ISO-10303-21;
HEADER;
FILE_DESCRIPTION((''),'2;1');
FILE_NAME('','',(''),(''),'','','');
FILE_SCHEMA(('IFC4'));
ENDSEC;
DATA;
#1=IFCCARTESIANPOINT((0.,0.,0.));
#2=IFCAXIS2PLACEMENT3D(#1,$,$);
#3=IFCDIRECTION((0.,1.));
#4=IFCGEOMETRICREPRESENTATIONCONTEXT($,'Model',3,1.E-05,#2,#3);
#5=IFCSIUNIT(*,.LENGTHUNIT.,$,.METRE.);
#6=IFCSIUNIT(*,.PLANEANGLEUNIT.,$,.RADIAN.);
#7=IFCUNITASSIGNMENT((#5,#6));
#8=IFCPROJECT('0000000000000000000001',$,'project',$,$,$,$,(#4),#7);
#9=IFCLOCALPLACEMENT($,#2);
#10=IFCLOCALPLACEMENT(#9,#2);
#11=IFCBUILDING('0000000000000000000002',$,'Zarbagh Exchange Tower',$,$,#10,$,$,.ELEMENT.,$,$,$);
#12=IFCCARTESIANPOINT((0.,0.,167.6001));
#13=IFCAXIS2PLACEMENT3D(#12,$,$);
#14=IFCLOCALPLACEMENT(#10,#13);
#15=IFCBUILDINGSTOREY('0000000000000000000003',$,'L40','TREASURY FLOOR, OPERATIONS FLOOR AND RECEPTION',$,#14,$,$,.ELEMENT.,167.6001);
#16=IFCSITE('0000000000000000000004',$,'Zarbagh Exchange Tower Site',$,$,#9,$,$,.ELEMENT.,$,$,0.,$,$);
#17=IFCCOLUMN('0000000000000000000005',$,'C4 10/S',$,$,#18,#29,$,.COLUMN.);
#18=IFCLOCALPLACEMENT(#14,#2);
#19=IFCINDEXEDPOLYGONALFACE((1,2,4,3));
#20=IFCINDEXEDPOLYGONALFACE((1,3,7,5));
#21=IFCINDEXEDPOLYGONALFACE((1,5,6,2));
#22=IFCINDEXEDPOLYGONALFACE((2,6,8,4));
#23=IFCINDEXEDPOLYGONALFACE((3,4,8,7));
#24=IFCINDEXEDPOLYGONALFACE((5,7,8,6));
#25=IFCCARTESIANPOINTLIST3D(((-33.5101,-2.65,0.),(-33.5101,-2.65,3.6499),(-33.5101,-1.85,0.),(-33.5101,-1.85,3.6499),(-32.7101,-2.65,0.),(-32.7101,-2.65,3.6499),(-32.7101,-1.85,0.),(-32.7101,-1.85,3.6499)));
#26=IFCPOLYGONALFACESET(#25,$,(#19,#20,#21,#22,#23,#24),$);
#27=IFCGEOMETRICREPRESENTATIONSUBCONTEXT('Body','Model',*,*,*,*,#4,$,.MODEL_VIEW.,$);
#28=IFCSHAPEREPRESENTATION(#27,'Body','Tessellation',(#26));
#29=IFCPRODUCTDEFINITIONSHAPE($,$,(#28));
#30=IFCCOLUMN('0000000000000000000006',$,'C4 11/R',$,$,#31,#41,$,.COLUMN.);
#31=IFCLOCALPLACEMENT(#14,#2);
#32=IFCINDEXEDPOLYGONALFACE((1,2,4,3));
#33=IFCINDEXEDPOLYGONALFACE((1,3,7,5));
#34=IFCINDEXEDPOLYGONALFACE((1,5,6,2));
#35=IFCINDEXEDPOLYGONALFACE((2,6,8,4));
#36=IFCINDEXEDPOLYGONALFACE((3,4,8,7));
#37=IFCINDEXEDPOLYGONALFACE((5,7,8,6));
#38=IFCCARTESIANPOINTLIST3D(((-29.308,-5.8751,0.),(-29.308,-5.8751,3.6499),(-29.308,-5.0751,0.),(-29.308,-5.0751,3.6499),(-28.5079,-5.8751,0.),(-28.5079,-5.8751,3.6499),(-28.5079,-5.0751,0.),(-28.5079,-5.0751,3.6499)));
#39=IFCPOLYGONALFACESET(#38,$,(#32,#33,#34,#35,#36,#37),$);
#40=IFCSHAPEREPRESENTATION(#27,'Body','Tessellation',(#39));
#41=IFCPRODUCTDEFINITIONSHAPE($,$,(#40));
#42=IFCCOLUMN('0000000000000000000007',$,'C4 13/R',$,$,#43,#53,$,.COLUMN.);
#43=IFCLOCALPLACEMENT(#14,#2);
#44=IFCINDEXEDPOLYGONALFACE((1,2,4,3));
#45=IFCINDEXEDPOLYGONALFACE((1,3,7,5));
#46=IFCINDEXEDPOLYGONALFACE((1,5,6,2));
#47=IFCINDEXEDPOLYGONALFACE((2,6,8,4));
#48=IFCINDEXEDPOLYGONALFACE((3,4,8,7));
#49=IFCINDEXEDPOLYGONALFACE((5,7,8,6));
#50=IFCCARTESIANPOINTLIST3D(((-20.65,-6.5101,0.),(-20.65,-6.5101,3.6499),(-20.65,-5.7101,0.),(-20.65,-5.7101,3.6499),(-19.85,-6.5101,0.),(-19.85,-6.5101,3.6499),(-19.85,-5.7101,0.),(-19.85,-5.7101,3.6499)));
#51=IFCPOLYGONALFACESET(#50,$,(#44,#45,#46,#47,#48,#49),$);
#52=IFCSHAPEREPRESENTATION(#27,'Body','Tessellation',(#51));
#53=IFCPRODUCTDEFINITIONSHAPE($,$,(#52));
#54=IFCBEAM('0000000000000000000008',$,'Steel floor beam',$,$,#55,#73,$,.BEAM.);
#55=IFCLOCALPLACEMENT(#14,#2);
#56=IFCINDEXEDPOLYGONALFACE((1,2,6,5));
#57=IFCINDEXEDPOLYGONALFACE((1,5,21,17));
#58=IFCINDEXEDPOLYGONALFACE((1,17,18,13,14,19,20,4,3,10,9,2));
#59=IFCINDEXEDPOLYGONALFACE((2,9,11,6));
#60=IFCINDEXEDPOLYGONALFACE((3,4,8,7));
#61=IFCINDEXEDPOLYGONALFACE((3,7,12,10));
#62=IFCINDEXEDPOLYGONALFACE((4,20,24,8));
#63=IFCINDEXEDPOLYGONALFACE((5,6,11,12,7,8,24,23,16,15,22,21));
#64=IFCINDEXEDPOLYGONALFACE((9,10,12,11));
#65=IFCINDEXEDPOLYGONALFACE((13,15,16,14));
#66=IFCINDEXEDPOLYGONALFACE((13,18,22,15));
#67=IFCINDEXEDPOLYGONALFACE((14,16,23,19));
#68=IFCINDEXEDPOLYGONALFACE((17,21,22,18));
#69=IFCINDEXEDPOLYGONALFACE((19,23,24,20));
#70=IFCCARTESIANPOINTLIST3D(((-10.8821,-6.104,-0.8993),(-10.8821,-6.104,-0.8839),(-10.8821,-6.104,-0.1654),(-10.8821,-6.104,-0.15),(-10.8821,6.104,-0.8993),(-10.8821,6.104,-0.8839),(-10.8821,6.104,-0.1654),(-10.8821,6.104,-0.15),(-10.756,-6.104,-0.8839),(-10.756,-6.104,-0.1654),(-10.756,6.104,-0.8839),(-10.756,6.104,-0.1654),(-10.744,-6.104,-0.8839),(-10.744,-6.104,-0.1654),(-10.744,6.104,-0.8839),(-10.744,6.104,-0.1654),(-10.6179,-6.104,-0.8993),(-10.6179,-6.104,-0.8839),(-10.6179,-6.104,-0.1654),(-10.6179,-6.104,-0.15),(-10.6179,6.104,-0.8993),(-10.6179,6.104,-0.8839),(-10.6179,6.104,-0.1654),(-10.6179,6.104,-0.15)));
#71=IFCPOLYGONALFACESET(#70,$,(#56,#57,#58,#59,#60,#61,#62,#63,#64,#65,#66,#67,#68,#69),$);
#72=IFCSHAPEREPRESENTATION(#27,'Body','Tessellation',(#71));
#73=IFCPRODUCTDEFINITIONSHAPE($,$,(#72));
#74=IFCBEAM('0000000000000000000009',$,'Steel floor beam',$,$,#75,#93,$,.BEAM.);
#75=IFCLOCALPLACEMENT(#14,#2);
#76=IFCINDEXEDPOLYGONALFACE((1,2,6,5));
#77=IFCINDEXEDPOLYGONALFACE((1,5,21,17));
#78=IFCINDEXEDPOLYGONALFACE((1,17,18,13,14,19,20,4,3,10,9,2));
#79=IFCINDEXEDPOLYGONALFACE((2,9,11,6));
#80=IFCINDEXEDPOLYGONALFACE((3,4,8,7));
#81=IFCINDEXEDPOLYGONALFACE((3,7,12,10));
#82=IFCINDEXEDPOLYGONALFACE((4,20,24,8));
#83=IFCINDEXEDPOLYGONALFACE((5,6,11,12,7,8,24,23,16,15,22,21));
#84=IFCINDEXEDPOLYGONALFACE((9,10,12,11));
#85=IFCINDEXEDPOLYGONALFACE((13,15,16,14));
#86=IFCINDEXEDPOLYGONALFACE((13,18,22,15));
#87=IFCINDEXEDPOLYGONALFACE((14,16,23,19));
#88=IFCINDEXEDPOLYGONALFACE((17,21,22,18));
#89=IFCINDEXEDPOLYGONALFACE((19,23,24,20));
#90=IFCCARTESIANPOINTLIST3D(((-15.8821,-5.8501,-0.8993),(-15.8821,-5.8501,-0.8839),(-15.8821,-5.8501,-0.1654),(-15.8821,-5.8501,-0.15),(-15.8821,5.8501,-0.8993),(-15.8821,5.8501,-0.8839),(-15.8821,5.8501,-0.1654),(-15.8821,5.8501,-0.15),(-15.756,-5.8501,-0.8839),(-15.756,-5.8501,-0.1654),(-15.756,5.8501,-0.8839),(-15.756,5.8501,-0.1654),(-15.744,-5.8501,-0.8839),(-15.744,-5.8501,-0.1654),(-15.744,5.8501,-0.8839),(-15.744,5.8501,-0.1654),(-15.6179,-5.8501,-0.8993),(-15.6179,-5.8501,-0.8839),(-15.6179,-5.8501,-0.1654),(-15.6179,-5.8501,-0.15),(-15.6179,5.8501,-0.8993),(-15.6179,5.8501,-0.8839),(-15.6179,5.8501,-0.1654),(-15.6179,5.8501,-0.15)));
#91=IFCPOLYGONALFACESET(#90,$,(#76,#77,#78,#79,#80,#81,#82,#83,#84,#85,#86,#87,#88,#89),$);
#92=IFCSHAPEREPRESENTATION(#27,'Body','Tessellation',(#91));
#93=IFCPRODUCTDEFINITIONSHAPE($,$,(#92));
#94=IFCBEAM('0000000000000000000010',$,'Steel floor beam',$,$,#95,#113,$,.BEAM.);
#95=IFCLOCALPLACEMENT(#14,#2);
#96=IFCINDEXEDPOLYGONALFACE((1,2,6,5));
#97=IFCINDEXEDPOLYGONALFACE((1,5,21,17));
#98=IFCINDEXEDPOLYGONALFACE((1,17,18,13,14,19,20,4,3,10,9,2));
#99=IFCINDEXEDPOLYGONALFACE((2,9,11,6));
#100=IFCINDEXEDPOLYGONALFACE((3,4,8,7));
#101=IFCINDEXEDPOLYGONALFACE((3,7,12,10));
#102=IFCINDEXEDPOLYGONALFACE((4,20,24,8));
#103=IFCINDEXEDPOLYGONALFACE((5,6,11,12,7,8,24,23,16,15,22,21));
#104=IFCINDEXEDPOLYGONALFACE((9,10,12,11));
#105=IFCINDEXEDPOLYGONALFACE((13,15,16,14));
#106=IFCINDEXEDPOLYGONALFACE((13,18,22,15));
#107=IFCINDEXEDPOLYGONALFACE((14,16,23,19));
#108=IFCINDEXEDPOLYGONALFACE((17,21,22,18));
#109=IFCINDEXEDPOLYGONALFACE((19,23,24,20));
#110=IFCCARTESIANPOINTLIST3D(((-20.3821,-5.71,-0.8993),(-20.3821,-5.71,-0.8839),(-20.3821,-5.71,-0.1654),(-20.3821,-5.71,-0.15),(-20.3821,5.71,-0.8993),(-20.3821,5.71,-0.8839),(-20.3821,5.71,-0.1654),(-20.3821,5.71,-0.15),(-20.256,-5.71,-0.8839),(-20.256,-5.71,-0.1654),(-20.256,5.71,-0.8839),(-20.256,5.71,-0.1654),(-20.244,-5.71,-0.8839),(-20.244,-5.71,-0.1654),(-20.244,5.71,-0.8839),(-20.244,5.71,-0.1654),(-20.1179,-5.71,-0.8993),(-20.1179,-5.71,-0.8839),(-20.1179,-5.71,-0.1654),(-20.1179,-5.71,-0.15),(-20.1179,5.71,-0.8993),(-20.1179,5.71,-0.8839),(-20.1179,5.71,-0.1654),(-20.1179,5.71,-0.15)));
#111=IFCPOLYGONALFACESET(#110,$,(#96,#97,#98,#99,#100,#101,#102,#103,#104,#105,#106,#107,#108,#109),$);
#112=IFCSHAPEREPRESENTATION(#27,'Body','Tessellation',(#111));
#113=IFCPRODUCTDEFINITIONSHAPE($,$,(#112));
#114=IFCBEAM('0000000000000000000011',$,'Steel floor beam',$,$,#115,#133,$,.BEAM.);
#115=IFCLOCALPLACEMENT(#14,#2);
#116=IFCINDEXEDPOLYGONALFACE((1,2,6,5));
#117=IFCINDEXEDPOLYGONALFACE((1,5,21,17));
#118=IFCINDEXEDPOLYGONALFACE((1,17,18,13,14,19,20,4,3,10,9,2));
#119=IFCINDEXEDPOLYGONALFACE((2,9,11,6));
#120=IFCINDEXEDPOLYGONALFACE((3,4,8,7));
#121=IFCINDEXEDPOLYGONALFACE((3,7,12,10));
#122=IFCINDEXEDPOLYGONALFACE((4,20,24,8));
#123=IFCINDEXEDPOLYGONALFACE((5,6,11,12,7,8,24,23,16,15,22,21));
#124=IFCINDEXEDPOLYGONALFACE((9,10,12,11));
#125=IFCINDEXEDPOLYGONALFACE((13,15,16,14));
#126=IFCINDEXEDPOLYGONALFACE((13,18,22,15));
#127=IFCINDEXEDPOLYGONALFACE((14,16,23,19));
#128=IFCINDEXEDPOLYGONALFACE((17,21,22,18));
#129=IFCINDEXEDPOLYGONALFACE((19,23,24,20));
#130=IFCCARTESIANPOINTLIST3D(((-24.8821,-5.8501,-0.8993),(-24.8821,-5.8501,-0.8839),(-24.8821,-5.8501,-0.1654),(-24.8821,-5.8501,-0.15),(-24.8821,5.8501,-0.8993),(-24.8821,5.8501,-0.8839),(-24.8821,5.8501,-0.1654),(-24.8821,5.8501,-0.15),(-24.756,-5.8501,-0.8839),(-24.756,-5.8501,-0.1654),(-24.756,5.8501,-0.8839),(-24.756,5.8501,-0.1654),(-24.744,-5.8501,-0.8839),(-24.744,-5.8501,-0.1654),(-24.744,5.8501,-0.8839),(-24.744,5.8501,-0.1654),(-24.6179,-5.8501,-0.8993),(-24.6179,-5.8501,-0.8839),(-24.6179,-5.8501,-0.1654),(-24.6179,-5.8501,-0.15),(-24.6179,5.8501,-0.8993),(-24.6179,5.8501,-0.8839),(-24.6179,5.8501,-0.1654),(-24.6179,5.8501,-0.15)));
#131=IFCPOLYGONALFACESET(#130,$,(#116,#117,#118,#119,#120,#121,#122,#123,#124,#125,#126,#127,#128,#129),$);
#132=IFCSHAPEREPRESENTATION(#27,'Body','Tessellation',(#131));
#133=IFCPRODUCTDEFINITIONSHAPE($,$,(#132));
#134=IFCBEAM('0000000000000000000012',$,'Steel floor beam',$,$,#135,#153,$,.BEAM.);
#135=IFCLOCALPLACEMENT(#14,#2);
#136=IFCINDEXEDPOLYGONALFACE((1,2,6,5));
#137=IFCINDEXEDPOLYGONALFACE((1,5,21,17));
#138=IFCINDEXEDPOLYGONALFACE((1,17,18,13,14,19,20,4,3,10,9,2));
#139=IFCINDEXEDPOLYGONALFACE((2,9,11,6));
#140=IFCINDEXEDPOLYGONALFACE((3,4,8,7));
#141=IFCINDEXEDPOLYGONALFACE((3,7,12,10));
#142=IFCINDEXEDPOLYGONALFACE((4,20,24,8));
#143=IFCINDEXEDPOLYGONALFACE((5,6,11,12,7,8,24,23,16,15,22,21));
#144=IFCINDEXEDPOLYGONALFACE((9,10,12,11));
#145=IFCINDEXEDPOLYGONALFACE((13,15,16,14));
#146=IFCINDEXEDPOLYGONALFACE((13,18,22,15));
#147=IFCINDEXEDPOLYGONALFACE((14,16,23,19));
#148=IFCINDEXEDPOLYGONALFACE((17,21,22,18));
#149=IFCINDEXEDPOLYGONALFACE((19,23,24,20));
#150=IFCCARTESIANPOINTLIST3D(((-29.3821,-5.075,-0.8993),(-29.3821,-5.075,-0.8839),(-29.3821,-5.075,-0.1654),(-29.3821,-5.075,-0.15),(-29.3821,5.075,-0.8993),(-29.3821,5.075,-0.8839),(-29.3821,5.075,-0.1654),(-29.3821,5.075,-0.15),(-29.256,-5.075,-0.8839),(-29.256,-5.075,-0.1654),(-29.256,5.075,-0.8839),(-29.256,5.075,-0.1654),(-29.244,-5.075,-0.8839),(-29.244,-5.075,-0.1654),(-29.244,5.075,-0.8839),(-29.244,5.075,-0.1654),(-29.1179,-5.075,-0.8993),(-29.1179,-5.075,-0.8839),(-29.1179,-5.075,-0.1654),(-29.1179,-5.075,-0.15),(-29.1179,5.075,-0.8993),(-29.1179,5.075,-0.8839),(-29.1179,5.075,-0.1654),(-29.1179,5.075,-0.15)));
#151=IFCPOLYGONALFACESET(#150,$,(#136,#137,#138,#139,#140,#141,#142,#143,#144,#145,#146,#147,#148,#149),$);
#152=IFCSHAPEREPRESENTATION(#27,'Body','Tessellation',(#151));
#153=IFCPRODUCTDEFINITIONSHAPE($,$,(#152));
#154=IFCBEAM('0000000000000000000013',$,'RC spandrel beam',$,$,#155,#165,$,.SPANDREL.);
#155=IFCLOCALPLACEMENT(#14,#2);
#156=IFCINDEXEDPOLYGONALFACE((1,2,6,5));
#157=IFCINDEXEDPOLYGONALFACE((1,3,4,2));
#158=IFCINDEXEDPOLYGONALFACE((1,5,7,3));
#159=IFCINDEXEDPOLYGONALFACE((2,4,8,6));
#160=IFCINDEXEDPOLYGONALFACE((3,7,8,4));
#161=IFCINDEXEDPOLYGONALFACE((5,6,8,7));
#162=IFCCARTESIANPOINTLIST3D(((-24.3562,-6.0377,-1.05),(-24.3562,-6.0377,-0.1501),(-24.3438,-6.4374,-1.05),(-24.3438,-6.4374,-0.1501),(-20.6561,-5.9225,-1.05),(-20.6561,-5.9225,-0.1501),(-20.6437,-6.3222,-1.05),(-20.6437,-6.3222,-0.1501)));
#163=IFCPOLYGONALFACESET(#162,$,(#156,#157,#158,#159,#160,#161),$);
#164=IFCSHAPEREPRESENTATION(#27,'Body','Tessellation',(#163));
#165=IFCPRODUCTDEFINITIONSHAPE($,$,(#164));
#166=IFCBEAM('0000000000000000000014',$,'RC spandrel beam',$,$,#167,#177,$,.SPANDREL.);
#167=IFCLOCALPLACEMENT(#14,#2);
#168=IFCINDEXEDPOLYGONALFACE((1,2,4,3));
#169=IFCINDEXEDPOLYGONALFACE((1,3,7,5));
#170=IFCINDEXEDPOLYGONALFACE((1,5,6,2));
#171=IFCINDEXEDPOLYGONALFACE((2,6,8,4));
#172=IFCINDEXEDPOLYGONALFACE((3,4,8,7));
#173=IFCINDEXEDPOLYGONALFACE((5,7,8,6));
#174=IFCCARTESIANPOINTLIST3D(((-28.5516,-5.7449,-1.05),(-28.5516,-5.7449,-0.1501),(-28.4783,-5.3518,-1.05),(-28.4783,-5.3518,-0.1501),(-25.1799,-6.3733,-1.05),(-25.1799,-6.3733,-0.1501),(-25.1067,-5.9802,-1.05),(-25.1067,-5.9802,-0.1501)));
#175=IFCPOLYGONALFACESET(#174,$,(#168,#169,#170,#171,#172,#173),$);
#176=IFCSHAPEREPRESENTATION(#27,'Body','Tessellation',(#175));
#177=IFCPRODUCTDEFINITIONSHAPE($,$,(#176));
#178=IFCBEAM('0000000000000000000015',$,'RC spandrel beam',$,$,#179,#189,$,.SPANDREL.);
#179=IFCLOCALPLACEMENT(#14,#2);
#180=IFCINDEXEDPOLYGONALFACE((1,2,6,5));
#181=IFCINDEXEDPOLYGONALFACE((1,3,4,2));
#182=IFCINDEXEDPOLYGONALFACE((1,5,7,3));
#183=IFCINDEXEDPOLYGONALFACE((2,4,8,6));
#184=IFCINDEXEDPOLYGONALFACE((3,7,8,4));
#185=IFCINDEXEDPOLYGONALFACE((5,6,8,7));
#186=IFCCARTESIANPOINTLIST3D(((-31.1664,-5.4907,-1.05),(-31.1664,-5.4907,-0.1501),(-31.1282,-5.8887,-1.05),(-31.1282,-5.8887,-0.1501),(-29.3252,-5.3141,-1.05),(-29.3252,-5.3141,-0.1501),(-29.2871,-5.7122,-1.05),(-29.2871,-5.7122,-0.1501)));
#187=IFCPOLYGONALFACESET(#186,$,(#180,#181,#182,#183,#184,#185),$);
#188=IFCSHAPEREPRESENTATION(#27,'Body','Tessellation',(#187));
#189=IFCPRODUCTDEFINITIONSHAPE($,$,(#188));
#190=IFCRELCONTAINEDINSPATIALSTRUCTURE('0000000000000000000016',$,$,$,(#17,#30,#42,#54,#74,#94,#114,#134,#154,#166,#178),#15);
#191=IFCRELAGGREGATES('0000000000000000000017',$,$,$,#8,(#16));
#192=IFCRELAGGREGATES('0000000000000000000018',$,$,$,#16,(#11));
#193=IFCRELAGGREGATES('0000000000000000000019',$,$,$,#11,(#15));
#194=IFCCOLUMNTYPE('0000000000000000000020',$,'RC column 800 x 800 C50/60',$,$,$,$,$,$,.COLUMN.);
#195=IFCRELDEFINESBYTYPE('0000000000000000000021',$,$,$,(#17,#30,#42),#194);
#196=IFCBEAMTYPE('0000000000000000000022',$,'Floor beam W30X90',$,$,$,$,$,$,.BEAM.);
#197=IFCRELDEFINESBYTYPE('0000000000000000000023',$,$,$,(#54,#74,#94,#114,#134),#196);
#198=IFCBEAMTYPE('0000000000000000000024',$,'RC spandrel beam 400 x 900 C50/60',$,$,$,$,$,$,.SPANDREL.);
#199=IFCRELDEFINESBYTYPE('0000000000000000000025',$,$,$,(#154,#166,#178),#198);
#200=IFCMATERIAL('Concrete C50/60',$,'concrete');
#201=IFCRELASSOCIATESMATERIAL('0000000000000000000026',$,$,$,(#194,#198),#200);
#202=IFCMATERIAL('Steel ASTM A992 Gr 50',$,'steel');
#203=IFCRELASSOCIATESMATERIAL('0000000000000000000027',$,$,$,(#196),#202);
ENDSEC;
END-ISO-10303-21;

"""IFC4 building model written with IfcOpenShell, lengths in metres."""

from ifc_helpers import new_model, si_unit, direction, frame, origin, origin_2d, place, context, subcontext, project, spatial, rectangle, i_section, extrude, material, material_profile, profile_set, type_object, element, save


model = new_model("IFC4")

# Units and contexts
model_context = context("Model", 3, precision=1e-05, world=origin(), true_north=direction((0.0, 1.0)))
body_context = subcontext(model_context, "Body", "Model", "MODEL_VIEW")
ifc_project = project(units=[si_unit("LENGTHUNIT", "METRE"), si_unit("PLANEANGLEUNIT", "RADIAN")], contexts=[model_context])

# Site, building, storey
site_placement = place(None, origin())
site = spatial("IfcSite", under=ifc_project, at=site_placement, Name="Zarbagh Exchange Tower Site", CompositionType="ELEMENT", RefElevation=0.0)
building_placement = place(site_placement, origin())
building = spatial("IfcBuilding", under=site, at=building_placement, Name="Zarbagh Exchange Tower", CompositionType="ELEMENT")
storey_placement = place(building_placement, frame((0.0, 0.0, 167.6001)))
storey = spatial("IfcBuildingStorey", under=building, at=storey_placement, Name="L40", Description="TREASURY FLOOR, OPERATIONS FLOOR AND RECEPTION", CompositionType="ELEMENT", Elevation=167.6001)

# Columns
ifc_material_1 = material(Name="Concrete C50/60", Category="concrete")
ifc_material_profile_1 = material_profile(ifc_material_1, rectangle(XDim=0.8, YDim=0.8, at=origin_2d()), Name="RC column 800 x 800 C50/60")
ifc_profile_set_1 = profile_set([ifc_material_profile_1], Name="Concrete C50/60")
column_type = type_object("IfcColumnType", Name="RC column 800 x 800 C50/60", PredefinedType="COLUMN", material=ifc_profile_set_1)
for number, where, z_axis, x_axis, name in (
    (1, (-33.1101, -2.25, 0.0), (0.0, 0.0, 1.0), (1.0, 0.0, 0.0), "C4 10/S"),
    (2, (-28.908, -5.4751, 0.0), (0.0, 0.0, 1.0), (1.0, 0.0, 0.0), "C4 11/R"),
    (3, (-20.25, -6.1101, 0.0), (0.0, 0.0, 1.0), (1.0, 0.0, 0.0), "C4 13/R"),
):
    element("IfcColumn", number, at=place(storey_placement, frame(where, z_axis=z_axis, x_axis=x_axis)), inside=storey, type_object=column_type, Name=name, PredefinedType="COLUMN", context=body_context, shape_type="SweptSolid", body=[
        extrude(rectangle(XDim=0.8, YDim=0.8, at=origin_2d()), origin(), (0.0, 0.0, 1.0), 3.6499),
    ])

# Beams
ifc_material_2 = material(Name="Steel ASTM A992 Gr 50", Category="steel")
ifc_material_profile_2 = material_profile(ifc_material_2, i_section(OverallWidth=0.2642, OverallDepth=0.7493, WebThickness=0.012, FlangeThickness=0.0154, at=origin_2d()), Name="W30X90")
ifc_profile_set_2 = profile_set([ifc_material_profile_2], Name="Steel ASTM A992 Gr 50")
beam_type_1 = type_object("IfcBeamType", Name="Floor beam W30X90", PredefinedType="BEAM", material=ifc_profile_set_2)
beam_1_placement = place(storey_placement, frame((-10.75, -6.104, -0.5247), z_axis=(0.0, 1.0, 0.0), x_axis=(-1.0, 0.0, 0.0)))
element("IfcBeam", 4, at=beam_1_placement, inside=storey, type_object=beam_type_1, Name="Steel floor beam", PredefinedType="BEAM", context=body_context, shape_type="SweptSolid", body=[
    extrude(i_section(OverallWidth=0.2642, OverallDepth=0.7493, WebThickness=0.012, FlangeThickness=0.0154, at=origin_2d()), origin(), (0.0, 0.0, 1.0), 12.208),
])
beam_2_placement = place(storey_placement, frame((-15.75, -5.8501, -0.5247), z_axis=(0.0, 1.0, 0.0), x_axis=(-1.0, 0.0, 0.0)))
element("IfcBeam", 5, at=beam_2_placement, inside=storey, type_object=beam_type_1, Name="Steel floor beam", PredefinedType="BEAM", context=body_context, shape_type="SweptSolid", body=[
    extrude(i_section(OverallWidth=0.2642, OverallDepth=0.7493, WebThickness=0.012, FlangeThickness=0.0154, at=origin_2d()), origin(), (0.0, 0.0, 1.0), 11.7002),
])
beam_3_placement = place(storey_placement, frame((-20.25, -5.71, -0.5247), z_axis=(0.0, 1.0, 0.0), x_axis=(-1.0, 0.0, 0.0)))
element("IfcBeam", 6, at=beam_3_placement, inside=storey, type_object=beam_type_1, Name="Steel floor beam", PredefinedType="BEAM", context=body_context, shape_type="SweptSolid", body=[
    extrude(i_section(OverallWidth=0.2642, OverallDepth=0.7493, WebThickness=0.012, FlangeThickness=0.0154, at=origin_2d()), origin(), (0.0, 0.0, 1.0), 11.4199),
])
beam_4_placement = place(storey_placement, frame((-24.75, -5.8501, -0.5247), z_axis=(0.0, 1.0, 0.0), x_axis=(-1.0, 0.0, 0.0)))
element("IfcBeam", 7, at=beam_4_placement, inside=storey, type_object=beam_type_1, Name="Steel floor beam", PredefinedType="BEAM", context=body_context, shape_type="SweptSolid", body=[
    extrude(i_section(OverallWidth=0.2642, OverallDepth=0.7493, WebThickness=0.012, FlangeThickness=0.0154, at=origin_2d()), origin(), (0.0, 0.0, 1.0), 11.7002),
])
beam_5_placement = place(storey_placement, frame((-29.25, -5.075, -0.5247), z_axis=(0.0, 1.0, 0.0), x_axis=(-1.0, 0.0, 0.0)))
element("IfcBeam", 8, at=beam_5_placement, inside=storey, type_object=beam_type_1, Name="Steel floor beam", PredefinedType="BEAM", context=body_context, shape_type="SweptSolid", body=[
    extrude(i_section(OverallWidth=0.2642, OverallDepth=0.7493, WebThickness=0.012, FlangeThickness=0.0154, at=origin_2d()), origin(), (0.0, 0.0, 1.0), 10.1499),
])
ifc_material_profile_3 = material_profile(ifc_material_1, rectangle(XDim=0.3999, YDim=0.8999, at=origin_2d()), Name="RC spandrel beam 400 x 900 C50/60")
ifc_profile_set_3 = profile_set([ifc_material_profile_3], Name="Concrete C50/60")
beam_type_2 = type_object("IfcBeamType", Name="RC spandrel beam 400 x 900 C50/60", PredefinedType="SPANDREL", material=ifc_profile_set_3)
beam_6_placement = place(storey_placement, frame((-20.6499, -6.1223, -0.6001), z_axis=(-0.999515, -0.031128, 0.0), x_axis=(0.031128, -0.999515, 0.0)))
element("IfcBeam", 9, at=beam_6_placement, inside=storey, type_object=beam_type_2, Name="RC spandrel beam", PredefinedType="SPANDREL", context=body_context, shape_type="SweptSolid", body=[
    extrude(rectangle(XDim=0.3999, YDim=0.8999, at=origin_2d()), origin(), (0.0, 0.0, 1.0), 3.7019),
])
beam_7_placement = place(storey_placement, frame((-25.1433, -6.1768, -0.6001), z_axis=(-0.98307, 0.183231, 0.0), x_axis=(-0.183231, -0.98307, 0.0)))
element("IfcBeam", 10, at=beam_7_placement, inside=storey, type_object=beam_type_2, Name="RC spandrel beam", PredefinedType="SPANDREL", context=body_context, shape_type="SweptSolid", body=[
    extrude(rectangle(XDim=0.3999, YDim=0.8999, at=origin_2d()), origin(), (0.0, 0.0, 1.0), 3.4297),
])
beam_8_placement = place(storey_placement, frame((-29.3062, -5.5132, -0.6001), z_axis=(-0.995435, -0.095438, 0.0), x_axis=(0.095438, -0.995435, 0.0)))
element("IfcBeam", 11, at=beam_8_placement, inside=storey, type_object=beam_type_2, Name="RC spandrel beam", PredefinedType="SPANDREL", context=body_context, shape_type="SweptSolid", body=[
    extrude(rectangle(XDim=0.3999, YDim=0.8999, at=origin_2d()), origin(), (0.0, 0.0, 1.0), 1.8496),
])

save(model, "model.ifc")
